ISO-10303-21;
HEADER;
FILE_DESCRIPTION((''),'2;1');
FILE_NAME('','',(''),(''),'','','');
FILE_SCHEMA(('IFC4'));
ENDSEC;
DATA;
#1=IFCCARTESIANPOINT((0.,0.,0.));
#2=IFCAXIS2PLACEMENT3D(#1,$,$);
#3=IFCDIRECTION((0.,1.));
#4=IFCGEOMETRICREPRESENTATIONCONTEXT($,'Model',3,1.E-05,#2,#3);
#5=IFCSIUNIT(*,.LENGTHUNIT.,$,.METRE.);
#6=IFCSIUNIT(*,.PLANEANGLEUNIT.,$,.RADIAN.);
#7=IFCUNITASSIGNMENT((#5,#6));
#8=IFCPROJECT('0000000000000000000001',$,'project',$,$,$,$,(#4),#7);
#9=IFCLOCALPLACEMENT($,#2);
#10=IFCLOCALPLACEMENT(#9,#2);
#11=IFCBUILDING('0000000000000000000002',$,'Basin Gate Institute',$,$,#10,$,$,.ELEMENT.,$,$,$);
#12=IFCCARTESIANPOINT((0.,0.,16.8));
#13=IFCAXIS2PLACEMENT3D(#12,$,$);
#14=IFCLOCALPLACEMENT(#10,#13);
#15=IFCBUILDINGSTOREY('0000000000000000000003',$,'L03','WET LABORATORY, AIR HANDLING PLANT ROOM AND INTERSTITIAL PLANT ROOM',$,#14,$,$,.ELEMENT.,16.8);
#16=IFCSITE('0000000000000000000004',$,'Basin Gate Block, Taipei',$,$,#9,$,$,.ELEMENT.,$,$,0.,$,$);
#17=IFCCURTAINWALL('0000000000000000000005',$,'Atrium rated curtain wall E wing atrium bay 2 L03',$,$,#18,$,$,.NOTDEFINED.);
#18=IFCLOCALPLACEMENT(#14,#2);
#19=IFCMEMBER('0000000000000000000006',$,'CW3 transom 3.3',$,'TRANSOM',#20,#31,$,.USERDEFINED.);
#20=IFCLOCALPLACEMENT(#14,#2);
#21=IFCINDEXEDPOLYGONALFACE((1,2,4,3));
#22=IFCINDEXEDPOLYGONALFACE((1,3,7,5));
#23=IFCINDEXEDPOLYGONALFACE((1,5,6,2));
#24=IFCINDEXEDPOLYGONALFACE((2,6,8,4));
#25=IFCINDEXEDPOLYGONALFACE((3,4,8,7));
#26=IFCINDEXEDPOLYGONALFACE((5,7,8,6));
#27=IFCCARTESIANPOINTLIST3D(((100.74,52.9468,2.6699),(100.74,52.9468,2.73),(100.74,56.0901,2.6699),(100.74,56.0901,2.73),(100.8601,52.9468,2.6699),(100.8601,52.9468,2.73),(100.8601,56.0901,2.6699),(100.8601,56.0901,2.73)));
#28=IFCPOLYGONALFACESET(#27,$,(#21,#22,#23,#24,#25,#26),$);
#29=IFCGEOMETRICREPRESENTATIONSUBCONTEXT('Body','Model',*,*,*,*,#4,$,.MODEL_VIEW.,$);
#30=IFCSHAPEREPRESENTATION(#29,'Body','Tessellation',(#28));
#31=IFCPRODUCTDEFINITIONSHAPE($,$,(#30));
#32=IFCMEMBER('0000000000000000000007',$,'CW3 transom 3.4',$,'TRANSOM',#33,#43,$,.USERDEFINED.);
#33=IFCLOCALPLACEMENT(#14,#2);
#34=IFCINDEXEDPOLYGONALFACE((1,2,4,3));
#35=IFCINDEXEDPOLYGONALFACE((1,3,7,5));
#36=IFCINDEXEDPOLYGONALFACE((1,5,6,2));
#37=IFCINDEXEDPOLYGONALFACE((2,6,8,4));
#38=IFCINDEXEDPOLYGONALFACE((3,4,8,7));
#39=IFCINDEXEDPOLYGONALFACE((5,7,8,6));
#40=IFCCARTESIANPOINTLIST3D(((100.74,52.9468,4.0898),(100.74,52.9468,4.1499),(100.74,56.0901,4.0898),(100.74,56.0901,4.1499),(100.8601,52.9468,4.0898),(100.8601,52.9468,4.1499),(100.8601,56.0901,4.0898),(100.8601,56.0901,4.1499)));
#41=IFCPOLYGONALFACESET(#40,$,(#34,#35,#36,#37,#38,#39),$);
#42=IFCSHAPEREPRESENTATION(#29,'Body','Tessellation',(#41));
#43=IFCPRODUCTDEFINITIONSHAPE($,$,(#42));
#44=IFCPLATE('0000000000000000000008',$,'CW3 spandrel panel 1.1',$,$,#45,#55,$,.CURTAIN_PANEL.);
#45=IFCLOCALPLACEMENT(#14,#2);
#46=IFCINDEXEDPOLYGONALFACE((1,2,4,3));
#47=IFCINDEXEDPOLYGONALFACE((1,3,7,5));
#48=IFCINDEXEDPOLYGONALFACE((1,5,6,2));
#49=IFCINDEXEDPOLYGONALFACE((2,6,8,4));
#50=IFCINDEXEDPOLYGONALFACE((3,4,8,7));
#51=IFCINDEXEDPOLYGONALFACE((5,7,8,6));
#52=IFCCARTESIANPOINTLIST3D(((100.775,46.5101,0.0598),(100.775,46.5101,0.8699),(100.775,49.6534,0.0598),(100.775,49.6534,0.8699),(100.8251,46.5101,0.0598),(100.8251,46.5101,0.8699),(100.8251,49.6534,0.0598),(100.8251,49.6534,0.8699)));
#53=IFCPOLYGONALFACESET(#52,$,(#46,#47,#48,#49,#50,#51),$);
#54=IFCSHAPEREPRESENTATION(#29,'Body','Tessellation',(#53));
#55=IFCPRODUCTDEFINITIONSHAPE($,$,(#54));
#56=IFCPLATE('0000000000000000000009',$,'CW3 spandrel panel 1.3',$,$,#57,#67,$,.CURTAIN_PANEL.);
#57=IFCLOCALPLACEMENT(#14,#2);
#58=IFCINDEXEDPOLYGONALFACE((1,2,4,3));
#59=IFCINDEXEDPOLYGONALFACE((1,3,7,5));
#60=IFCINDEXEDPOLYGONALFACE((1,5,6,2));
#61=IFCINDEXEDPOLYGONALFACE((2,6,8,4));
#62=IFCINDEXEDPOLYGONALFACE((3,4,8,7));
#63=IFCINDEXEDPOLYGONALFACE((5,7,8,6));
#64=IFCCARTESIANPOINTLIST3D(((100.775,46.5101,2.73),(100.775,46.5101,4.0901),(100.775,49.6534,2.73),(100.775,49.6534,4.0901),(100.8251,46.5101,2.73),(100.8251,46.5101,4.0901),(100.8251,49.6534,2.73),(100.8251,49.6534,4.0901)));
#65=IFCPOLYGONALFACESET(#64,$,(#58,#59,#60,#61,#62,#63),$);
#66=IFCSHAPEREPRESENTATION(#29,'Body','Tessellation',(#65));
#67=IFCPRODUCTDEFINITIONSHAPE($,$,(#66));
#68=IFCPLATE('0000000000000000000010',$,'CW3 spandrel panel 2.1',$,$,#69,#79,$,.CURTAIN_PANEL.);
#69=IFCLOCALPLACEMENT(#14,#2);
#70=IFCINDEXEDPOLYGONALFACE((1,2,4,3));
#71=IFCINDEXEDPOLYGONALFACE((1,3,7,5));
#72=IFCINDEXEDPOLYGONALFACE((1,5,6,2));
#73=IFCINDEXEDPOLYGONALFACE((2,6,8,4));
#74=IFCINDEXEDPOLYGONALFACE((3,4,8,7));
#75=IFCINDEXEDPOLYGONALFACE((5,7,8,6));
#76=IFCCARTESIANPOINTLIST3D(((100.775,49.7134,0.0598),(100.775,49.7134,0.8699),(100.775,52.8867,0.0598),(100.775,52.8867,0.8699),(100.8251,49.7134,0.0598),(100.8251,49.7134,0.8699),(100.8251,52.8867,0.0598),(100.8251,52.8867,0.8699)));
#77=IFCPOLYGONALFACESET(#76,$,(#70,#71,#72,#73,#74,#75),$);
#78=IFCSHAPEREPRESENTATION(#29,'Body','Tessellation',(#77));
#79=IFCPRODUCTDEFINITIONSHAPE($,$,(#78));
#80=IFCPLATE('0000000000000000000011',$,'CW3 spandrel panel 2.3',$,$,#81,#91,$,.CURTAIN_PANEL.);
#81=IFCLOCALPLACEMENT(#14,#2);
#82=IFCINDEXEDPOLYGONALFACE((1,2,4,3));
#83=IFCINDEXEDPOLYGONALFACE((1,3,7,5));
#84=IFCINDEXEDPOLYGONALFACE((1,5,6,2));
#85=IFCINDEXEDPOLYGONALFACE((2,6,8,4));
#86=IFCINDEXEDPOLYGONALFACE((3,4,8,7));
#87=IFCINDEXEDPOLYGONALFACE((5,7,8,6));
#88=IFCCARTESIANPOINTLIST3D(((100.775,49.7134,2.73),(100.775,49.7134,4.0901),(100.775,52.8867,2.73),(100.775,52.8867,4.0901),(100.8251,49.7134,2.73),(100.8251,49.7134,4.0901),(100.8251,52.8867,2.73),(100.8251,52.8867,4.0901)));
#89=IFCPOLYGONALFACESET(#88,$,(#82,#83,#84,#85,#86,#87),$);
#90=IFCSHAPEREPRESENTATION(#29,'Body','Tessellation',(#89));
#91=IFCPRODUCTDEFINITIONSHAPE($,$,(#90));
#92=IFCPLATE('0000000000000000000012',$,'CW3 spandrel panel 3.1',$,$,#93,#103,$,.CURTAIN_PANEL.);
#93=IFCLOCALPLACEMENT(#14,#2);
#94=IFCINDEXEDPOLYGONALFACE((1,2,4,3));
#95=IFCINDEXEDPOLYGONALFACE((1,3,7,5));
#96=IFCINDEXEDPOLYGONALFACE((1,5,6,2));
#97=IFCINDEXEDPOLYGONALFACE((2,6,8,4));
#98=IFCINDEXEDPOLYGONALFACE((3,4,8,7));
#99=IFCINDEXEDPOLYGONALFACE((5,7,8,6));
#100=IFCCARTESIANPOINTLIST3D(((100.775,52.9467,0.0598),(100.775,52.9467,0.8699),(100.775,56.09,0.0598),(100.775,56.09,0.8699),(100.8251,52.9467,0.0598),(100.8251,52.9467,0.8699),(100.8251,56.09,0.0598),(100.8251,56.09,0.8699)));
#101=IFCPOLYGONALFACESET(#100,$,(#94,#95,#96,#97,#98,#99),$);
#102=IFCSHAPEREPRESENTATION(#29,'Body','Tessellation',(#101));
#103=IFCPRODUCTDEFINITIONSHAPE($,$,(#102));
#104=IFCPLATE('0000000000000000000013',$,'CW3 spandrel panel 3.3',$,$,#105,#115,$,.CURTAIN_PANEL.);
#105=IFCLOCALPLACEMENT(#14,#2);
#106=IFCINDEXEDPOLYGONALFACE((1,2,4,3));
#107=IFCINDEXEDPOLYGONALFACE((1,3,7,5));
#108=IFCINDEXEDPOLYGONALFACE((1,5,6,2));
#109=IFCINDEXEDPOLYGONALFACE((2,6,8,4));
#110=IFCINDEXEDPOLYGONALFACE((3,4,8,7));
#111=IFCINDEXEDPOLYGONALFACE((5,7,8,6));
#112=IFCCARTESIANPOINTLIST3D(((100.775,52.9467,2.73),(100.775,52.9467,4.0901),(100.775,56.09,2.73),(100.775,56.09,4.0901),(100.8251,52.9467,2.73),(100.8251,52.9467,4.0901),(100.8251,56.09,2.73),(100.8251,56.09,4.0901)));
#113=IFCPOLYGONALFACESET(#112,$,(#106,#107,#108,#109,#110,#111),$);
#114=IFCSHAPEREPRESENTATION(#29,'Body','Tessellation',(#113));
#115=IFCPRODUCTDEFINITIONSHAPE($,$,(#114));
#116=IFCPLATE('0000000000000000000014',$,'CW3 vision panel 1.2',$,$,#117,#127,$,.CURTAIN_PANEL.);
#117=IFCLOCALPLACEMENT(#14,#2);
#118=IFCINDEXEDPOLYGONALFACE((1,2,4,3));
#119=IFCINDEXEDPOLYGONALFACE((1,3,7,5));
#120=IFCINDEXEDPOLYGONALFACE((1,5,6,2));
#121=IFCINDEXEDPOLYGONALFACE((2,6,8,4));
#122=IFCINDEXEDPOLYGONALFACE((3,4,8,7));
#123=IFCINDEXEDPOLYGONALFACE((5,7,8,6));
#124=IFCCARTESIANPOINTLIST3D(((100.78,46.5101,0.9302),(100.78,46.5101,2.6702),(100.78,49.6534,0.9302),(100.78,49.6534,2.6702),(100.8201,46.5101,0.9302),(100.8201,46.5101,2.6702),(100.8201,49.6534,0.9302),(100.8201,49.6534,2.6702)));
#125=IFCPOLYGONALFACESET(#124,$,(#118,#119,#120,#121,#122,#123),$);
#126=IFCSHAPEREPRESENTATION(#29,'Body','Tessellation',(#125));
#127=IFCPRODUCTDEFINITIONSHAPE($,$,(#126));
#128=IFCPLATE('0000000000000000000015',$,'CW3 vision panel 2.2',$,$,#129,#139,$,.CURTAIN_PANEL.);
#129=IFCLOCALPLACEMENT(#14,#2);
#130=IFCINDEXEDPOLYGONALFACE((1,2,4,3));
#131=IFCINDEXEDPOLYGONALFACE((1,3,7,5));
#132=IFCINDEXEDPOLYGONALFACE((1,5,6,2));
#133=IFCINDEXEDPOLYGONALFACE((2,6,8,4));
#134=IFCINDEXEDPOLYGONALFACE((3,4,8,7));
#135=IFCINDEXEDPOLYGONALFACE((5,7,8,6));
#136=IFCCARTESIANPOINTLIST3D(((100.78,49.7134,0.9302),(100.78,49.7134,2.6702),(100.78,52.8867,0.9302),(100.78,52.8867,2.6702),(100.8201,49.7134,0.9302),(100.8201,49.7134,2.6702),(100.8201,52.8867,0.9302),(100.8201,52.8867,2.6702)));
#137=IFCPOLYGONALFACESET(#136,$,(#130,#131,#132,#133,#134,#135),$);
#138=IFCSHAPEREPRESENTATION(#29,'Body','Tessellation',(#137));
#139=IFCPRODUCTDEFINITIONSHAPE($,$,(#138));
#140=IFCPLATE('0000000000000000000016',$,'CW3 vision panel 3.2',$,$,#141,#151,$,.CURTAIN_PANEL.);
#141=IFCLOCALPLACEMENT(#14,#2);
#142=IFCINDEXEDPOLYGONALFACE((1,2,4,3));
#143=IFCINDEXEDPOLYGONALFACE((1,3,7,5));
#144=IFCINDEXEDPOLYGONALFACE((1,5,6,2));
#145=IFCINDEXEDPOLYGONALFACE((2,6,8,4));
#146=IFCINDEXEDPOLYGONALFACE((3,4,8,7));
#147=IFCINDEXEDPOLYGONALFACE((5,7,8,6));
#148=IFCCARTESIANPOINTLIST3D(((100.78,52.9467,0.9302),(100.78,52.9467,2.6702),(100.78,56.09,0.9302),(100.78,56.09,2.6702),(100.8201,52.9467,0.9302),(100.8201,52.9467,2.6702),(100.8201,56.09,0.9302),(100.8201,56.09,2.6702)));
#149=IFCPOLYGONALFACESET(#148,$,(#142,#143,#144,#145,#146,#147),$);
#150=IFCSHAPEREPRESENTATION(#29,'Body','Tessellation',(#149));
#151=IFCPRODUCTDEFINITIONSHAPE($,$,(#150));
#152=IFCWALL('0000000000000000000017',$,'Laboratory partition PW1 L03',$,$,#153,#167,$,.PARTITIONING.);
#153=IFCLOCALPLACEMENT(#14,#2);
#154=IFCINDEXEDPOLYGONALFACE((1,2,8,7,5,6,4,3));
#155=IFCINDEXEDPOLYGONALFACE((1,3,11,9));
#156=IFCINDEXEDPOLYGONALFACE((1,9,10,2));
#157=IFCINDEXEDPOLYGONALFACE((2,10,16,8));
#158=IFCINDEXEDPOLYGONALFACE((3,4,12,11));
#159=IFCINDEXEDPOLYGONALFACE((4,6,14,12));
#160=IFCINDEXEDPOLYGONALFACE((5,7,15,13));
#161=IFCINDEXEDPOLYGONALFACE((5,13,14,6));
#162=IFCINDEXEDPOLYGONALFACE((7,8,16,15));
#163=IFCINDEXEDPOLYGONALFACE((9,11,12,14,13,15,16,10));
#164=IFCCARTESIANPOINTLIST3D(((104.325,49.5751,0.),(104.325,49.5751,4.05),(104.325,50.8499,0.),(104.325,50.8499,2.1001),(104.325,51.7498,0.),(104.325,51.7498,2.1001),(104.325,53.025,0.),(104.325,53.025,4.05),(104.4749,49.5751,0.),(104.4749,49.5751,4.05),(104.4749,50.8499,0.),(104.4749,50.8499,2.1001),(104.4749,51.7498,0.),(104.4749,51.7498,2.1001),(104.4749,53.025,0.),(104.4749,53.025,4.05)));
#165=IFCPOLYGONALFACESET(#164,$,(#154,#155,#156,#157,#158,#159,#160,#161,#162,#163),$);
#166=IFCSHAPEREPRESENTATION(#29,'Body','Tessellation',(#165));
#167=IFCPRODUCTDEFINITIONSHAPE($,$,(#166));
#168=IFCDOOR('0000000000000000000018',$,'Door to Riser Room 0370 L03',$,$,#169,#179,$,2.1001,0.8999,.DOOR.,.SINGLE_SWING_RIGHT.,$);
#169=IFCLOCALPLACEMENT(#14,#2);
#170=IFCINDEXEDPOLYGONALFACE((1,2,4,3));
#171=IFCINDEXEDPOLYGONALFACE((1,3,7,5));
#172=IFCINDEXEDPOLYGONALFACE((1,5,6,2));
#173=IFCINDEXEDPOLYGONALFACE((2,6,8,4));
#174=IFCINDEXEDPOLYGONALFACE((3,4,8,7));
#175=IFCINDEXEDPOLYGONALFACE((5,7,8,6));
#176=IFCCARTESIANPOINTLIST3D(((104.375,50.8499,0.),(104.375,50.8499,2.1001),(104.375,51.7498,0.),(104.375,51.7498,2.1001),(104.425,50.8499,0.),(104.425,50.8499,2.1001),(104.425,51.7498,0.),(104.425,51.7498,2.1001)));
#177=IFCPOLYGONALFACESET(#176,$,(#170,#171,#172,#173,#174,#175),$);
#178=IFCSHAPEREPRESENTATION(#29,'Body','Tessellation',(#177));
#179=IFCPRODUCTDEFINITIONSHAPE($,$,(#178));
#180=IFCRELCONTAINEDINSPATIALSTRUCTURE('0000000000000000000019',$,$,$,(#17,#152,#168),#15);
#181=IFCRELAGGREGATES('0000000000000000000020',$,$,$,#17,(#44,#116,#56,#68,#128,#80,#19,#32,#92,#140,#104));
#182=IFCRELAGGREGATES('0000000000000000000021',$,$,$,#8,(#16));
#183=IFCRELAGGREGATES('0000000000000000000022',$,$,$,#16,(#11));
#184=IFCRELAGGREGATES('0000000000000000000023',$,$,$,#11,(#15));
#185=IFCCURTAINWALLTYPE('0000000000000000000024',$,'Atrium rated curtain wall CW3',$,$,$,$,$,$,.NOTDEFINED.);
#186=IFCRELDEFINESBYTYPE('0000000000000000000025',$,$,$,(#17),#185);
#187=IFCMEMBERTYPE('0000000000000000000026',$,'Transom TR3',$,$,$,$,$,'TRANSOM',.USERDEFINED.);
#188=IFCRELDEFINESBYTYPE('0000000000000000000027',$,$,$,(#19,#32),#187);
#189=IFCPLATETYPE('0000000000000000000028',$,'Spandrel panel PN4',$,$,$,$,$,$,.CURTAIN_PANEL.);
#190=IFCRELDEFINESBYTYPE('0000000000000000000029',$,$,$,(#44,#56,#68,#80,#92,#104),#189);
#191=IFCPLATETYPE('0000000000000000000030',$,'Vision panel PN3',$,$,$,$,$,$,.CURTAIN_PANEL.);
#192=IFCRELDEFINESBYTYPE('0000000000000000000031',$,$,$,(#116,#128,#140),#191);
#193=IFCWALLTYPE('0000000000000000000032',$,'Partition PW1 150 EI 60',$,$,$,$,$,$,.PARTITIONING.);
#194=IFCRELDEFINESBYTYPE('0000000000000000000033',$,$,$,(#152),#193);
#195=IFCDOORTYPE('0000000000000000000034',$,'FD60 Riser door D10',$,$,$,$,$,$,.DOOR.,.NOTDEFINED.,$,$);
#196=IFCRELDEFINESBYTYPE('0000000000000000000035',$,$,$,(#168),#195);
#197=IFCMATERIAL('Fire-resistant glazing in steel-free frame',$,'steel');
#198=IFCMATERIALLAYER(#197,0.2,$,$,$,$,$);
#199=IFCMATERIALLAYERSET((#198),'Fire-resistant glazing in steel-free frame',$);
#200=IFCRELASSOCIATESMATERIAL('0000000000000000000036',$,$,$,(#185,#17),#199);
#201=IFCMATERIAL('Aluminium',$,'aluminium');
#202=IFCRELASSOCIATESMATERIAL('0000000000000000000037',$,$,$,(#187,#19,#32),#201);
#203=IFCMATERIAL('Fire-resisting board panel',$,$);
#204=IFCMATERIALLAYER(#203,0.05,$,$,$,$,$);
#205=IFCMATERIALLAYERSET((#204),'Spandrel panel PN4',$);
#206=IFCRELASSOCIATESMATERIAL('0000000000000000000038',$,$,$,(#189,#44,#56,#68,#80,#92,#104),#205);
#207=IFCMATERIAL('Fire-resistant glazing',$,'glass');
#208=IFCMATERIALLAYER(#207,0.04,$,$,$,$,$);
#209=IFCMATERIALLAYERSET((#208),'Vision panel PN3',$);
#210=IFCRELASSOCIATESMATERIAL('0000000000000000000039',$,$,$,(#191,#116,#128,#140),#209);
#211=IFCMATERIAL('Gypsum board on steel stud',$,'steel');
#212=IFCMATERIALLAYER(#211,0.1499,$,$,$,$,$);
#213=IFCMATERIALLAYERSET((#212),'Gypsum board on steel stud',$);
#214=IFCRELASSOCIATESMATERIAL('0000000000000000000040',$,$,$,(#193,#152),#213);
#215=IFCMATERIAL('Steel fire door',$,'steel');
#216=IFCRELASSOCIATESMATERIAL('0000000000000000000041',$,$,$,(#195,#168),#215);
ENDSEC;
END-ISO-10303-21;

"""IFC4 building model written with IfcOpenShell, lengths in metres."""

from ifc_helpers import new_model, si_unit, direction, frame, frame_2d, origin, origin_2d, place, context, subcontext, project, spatial, rectangle, extrude, material, layer, layer_set, material_profile, profile_set, type_object, element, fill, aggregate, save


model = new_model("IFC4")

# Units and contexts
model_context = context("Model", 3, precision=1e-05, world=origin(), true_north=direction((0.0, 1.0)))
body_context = subcontext(model_context, "Body", "Model", "MODEL_VIEW")
ifc_project = project(units=[si_unit("LENGTHUNIT", "METRE"), si_unit("PLANEANGLEUNIT", "RADIAN")], contexts=[model_context])

# Site, building, storey
site_placement = place(None, origin())
site = spatial("IfcSite", under=ifc_project, at=site_placement, Name="Basin Gate Block, Taipei", CompositionType="ELEMENT", RefElevation=0.0)
building_placement = place(site_placement, origin())
building = spatial("IfcBuilding", under=site, at=building_placement, Name="Basin Gate Institute", CompositionType="ELEMENT")
storey_placement = place(building_placement, frame((0.0, 0.0, 16.8)))
storey = spatial("IfcBuildingStorey", under=building, at=storey_placement, Name="L03", Description="WET LABORATORY, AIR HANDLING PLANT ROOM AND INTERSTITIAL PLANT ROOM", CompositionType="ELEMENT", Elevation=16.8)

# Curtain wall
ifc_material_1 = material(Name="Fire-resistant glazing in steel-free frame", Category="steel")
ifc_layer_1 = layer(ifc_material_1, 0.2)
ifc_layer_set_1 = layer_set([ifc_layer_1], Name="Fire-resistant glazing in steel-free frame")
curtain_wall_type = type_object("IfcCurtainWallType", Name="Atrium rated curtain wall CW3", PredefinedType="NOTDEFINED", material=ifc_layer_set_1)
curtain_wall_placement = place(storey_placement, origin())
curtain_wall = element("IfcCurtainWall", 1, at=curtain_wall_placement, inside=storey, type_object=curtain_wall_type, material=ifc_layer_set_1, Name="Atrium rated curtain wall E wing atrium bay 2 L03", PredefinedType="NOTDEFINED")

# Members
ifc_material_2 = material(Name="Aluminium", Category="aluminium")
ifc_material_profile_1 = material_profile(ifc_material_2, rectangle(XDim=0.1201, YDim=0.0601, at=origin_2d()), Name="Transom TR3 120 x 60")
ifc_profile_set_1 = profile_set([ifc_material_profile_1], Name="Aluminium")
member_type_1 = type_object("IfcMemberType", Name="Transom TR3", ElementType="TRANSOM", PredefinedType="USERDEFINED", material=ifc_profile_set_1)
member_1_placement = place(storey_placement, frame((100.8, 52.9468, 2.7), z_axis=(0.0, 1.0, 0.0), x_axis=(-1.0, 0.0, 0.0)))
member_1 = element("IfcMember", 2, at=member_1_placement, type_object=member_type_1, material=ifc_profile_set_1, Name="CW3 transom 3.3", ObjectType="TRANSOM", PredefinedType="USERDEFINED", context=body_context, shape_type="SweptSolid", body=[
    extrude(rectangle(XDim=0.1201, YDim=0.0601, at=origin_2d()), origin(), (0.0, 0.0, 1.0), 3.1433),
])
member_2_placement = place(storey_placement, frame((100.8, 52.9468, 4.1199), z_axis=(0.0, 1.0, 0.0), x_axis=(-1.0, 0.0, 0.0)))
member_2 = element("IfcMember", 3, at=member_2_placement, type_object=member_type_1, material=ifc_profile_set_1, Name="CW3 transom 3.4", ObjectType="TRANSOM", PredefinedType="USERDEFINED", context=body_context, shape_type="SweptSolid", body=[
    extrude(rectangle(XDim=0.1201, YDim=0.0601, at=origin_2d()), origin(), (0.0, 0.0, 1.0), 3.1433),
])

# Plates
ifc_material_3 = material(Name="Fire-resisting board panel")
ifc_layer_2 = layer(ifc_material_3, 0.05)
ifc_layer_set_2 = layer_set([ifc_layer_2], Name="Spandrel panel PN4")
plate_type_1 = type_object("IfcPlateType", Name="Spandrel panel PN4", PredefinedType="CURTAIN_PANEL", material=ifc_layer_set_2)
plate_1_placement = place(storey_placement, frame((100.8, 48.0818, 0.0598), z_axis=(0.0, 0.0, 1.0), x_axis=(0.0, 1.0, 0.0)))
plate_1 = element("IfcPlate", 4, at=plate_1_placement, type_object=plate_type_1, material=ifc_layer_set_2, Name="CW3 spandrel panel 1.1", PredefinedType="CURTAIN_PANEL", context=body_context, shape_type="SweptSolid", body=[
    extrude(rectangle(XDim=3.1433, YDim=0.05, at=origin_2d()), origin(), (0.0, 0.0, 1.0), 0.8101),
])
plate_2_placement = place(storey_placement, frame((100.8, 48.0818, 2.73), z_axis=(0.0, 0.0, 1.0), x_axis=(0.0, 1.0, 0.0)))
plate_2 = element("IfcPlate", 5, at=plate_2_placement, type_object=plate_type_1, material=ifc_layer_set_2, Name="CW3 spandrel panel 1.3", PredefinedType="CURTAIN_PANEL", context=body_context, shape_type="SweptSolid", body=[
    extrude(rectangle(XDim=3.1433, YDim=0.05, at=origin_2d()), origin(), (0.0, 0.0, 1.0), 1.3601),
])
plate_3_placement = place(storey_placement, frame((100.8, 51.3, 0.0598), z_axis=(0.0, 0.0, 1.0), x_axis=(0.0, 1.0, 0.0)))
plate_3 = element("IfcPlate", 6, at=plate_3_placement, type_object=plate_type_1, material=ifc_layer_set_2, Name="CW3 spandrel panel 2.1", PredefinedType="CURTAIN_PANEL", context=body_context, shape_type="SweptSolid", body=[
    extrude(rectangle(XDim=3.1733, YDim=0.05, at=origin_2d()), origin(), (0.0, 0.0, 1.0), 0.8101),
])
plate_4_placement = place(storey_placement, frame((100.8, 51.3, 2.73), z_axis=(0.0, 0.0, 1.0), x_axis=(0.0, 1.0, 0.0)))
plate_4 = element("IfcPlate", 7, at=plate_4_placement, type_object=plate_type_1, material=ifc_layer_set_2, Name="CW3 spandrel panel 2.3", PredefinedType="CURTAIN_PANEL", context=body_context, shape_type="SweptSolid", body=[
    extrude(rectangle(XDim=3.1733, YDim=0.05, at=origin_2d()), origin(), (0.0, 0.0, 1.0), 1.3601),
])
plate_5_placement = place(storey_placement, frame((100.8, 54.5183, 0.0598), z_axis=(0.0, 0.0, 1.0), x_axis=(0.0, 1.0, 0.0)))
plate_5 = element("IfcPlate", 8, at=plate_5_placement, type_object=plate_type_1, material=ifc_layer_set_2, Name="CW3 spandrel panel 3.1", PredefinedType="CURTAIN_PANEL", context=body_context, shape_type="SweptSolid", body=[
    extrude(rectangle(XDim=3.1433, YDim=0.05, at=origin_2d()), origin(), (0.0, 0.0, 1.0), 0.8101),
])
plate_6_placement = place(storey_placement, frame((100.8, 54.5183, 2.73), z_axis=(0.0, 0.0, 1.0), x_axis=(0.0, 1.0, 0.0)))
plate_6 = element("IfcPlate", 9, at=plate_6_placement, type_object=plate_type_1, material=ifc_layer_set_2, Name="CW3 spandrel panel 3.3", PredefinedType="CURTAIN_PANEL", context=body_context, shape_type="SweptSolid", body=[
    extrude(rectangle(XDim=3.1433, YDim=0.05, at=origin_2d()), origin(), (0.0, 0.0, 1.0), 1.3601),
])
ifc_material_4 = material(Name="Fire-resistant glazing", Category="glass")
ifc_layer_3 = layer(ifc_material_4, 0.04)
ifc_layer_set_3 = layer_set([ifc_layer_3], Name="Vision panel PN3")
plate_type_2 = type_object("IfcPlateType", Name="Vision panel PN3", PredefinedType="CURTAIN_PANEL", material=ifc_layer_set_3)
plate_7_placement = place(storey_placement, frame((100.8, 48.0818, 0.9302), z_axis=(0.0, 0.0, 1.0), x_axis=(0.0, 1.0, 0.0)))
plate_7 = element("IfcPlate", 10, at=plate_7_placement, type_object=plate_type_2, material=ifc_layer_set_3, Name="CW3 vision panel 1.2", PredefinedType="CURTAIN_PANEL", context=body_context, shape_type="SweptSolid", body=[
    extrude(rectangle(XDim=3.1433, YDim=0.04, at=origin_2d()), origin(), (0.0, 0.0, 1.0), 1.74),
])
plate_8_placement = place(storey_placement, frame((100.8, 51.3, 0.9302), z_axis=(0.0, 0.0, 1.0), x_axis=(0.0, 1.0, 0.0)))
plate_8 = element("IfcPlate", 11, at=plate_8_placement, type_object=plate_type_2, material=ifc_layer_set_3, Name="CW3 vision panel 2.2", PredefinedType="CURTAIN_PANEL", context=body_context, shape_type="SweptSolid", body=[
    extrude(rectangle(XDim=3.1733, YDim=0.04, at=origin_2d()), origin(), (0.0, 0.0, 1.0), 1.74),
])
plate_9_placement = place(storey_placement, frame((100.8, 54.5183, 0.9302), z_axis=(0.0, 0.0, 1.0), x_axis=(0.0, 1.0, 0.0)))
plate_9 = element("IfcPlate", 12, at=plate_9_placement, type_object=plate_type_2, material=ifc_layer_set_3, Name="CW3 vision panel 3.2", PredefinedType="CURTAIN_PANEL", context=body_context, shape_type="SweptSolid", body=[
    extrude(rectangle(XDim=3.1433, YDim=0.04, at=origin_2d()), origin(), (0.0, 0.0, 1.0), 1.74),
])
aggregate(curtain_wall, [plate_1, plate_7, plate_2, plate_3, plate_8, plate_4, member_1, member_2, plate_5, plate_9, plate_6])

# Wall, opening, door
ifc_material_5 = material(Name="Gypsum board on steel stud", Category="steel")
ifc_layer_4 = layer(ifc_material_5, 0.1499)
ifc_layer_set_4 = layer_set([ifc_layer_4], Name="Gypsum board on steel stud")
wall_type = type_object("IfcWallType", Name="Partition PW1 150 EI 60", PredefinedType="PARTITIONING", material=ifc_layer_set_4)
wall_placement = place(storey_placement, frame((104.3999, 49.575, 0.0), z_axis=(0.0, 0.0, 1.0), x_axis=(0.0, 1.0, 0.0)))
wall = element("IfcWall", 13, at=wall_placement, inside=storey, type_object=wall_type, material=ifc_layer_set_4, Name="Laboratory partition PW1 L03", PredefinedType="PARTITIONING", context=body_context, shape_type="SweptSolid", body=[
    extrude(rectangle(XDim=3.45, YDim=0.1499, at=frame_2d((1.7251, 0.0))), origin(), (0.0, 0.0, 1.0), 4.05),
])
opening_placement = place(wall_placement, frame((1.2749, 0.0, 0.0)))
opening = element("IfcOpeningElement", 14, at=opening_placement, cuts=wall, PredefinedType="OPENING", context=body_context, shape_type="SweptSolid", body=[
    extrude(rectangle(XDim=0.8999, YDim=2.1001, at=frame_2d((0.45, 1.05))), frame((0.0, 0.085, 0.0), z_axis=(0.0, -1.0, 0.0), x_axis=(1.0, 0.0, 0.0)), (0.0, 0.0, 1.0), 0.1699),
])
ifc_material_6 = material(Name="Steel fire door", Category="steel")
door_type = type_object("IfcDoorType", Name="FD60 Riser door D10", OperationType="NOTDEFINED", PredefinedType="DOOR", material=ifc_material_6)
door_placement = place(opening_placement, origin())
door = element("IfcDoor", 15, at=door_placement, inside=storey, type_object=door_type, material=ifc_material_6, Name="Door to Riser Room 0370 L03", OperationType="SINGLE_SWING_RIGHT", OverallHeight=2.1001, OverallWidth=0.8999, PredefinedType="DOOR", context=body_context, shape_type="SweptSolid", body=[
    extrude(rectangle(XDim=0.8999, YDim=2.1001, at=frame_2d((0.45, 1.05))), frame((0.0, 0.0249, 0.0), z_axis=(0.0, -1.0, 0.0), x_axis=(1.0, 0.0, 0.0)), (0.0, 0.0, 1.0), 0.05),
])
fill(opening, door)

save(model, "model.ifc")
